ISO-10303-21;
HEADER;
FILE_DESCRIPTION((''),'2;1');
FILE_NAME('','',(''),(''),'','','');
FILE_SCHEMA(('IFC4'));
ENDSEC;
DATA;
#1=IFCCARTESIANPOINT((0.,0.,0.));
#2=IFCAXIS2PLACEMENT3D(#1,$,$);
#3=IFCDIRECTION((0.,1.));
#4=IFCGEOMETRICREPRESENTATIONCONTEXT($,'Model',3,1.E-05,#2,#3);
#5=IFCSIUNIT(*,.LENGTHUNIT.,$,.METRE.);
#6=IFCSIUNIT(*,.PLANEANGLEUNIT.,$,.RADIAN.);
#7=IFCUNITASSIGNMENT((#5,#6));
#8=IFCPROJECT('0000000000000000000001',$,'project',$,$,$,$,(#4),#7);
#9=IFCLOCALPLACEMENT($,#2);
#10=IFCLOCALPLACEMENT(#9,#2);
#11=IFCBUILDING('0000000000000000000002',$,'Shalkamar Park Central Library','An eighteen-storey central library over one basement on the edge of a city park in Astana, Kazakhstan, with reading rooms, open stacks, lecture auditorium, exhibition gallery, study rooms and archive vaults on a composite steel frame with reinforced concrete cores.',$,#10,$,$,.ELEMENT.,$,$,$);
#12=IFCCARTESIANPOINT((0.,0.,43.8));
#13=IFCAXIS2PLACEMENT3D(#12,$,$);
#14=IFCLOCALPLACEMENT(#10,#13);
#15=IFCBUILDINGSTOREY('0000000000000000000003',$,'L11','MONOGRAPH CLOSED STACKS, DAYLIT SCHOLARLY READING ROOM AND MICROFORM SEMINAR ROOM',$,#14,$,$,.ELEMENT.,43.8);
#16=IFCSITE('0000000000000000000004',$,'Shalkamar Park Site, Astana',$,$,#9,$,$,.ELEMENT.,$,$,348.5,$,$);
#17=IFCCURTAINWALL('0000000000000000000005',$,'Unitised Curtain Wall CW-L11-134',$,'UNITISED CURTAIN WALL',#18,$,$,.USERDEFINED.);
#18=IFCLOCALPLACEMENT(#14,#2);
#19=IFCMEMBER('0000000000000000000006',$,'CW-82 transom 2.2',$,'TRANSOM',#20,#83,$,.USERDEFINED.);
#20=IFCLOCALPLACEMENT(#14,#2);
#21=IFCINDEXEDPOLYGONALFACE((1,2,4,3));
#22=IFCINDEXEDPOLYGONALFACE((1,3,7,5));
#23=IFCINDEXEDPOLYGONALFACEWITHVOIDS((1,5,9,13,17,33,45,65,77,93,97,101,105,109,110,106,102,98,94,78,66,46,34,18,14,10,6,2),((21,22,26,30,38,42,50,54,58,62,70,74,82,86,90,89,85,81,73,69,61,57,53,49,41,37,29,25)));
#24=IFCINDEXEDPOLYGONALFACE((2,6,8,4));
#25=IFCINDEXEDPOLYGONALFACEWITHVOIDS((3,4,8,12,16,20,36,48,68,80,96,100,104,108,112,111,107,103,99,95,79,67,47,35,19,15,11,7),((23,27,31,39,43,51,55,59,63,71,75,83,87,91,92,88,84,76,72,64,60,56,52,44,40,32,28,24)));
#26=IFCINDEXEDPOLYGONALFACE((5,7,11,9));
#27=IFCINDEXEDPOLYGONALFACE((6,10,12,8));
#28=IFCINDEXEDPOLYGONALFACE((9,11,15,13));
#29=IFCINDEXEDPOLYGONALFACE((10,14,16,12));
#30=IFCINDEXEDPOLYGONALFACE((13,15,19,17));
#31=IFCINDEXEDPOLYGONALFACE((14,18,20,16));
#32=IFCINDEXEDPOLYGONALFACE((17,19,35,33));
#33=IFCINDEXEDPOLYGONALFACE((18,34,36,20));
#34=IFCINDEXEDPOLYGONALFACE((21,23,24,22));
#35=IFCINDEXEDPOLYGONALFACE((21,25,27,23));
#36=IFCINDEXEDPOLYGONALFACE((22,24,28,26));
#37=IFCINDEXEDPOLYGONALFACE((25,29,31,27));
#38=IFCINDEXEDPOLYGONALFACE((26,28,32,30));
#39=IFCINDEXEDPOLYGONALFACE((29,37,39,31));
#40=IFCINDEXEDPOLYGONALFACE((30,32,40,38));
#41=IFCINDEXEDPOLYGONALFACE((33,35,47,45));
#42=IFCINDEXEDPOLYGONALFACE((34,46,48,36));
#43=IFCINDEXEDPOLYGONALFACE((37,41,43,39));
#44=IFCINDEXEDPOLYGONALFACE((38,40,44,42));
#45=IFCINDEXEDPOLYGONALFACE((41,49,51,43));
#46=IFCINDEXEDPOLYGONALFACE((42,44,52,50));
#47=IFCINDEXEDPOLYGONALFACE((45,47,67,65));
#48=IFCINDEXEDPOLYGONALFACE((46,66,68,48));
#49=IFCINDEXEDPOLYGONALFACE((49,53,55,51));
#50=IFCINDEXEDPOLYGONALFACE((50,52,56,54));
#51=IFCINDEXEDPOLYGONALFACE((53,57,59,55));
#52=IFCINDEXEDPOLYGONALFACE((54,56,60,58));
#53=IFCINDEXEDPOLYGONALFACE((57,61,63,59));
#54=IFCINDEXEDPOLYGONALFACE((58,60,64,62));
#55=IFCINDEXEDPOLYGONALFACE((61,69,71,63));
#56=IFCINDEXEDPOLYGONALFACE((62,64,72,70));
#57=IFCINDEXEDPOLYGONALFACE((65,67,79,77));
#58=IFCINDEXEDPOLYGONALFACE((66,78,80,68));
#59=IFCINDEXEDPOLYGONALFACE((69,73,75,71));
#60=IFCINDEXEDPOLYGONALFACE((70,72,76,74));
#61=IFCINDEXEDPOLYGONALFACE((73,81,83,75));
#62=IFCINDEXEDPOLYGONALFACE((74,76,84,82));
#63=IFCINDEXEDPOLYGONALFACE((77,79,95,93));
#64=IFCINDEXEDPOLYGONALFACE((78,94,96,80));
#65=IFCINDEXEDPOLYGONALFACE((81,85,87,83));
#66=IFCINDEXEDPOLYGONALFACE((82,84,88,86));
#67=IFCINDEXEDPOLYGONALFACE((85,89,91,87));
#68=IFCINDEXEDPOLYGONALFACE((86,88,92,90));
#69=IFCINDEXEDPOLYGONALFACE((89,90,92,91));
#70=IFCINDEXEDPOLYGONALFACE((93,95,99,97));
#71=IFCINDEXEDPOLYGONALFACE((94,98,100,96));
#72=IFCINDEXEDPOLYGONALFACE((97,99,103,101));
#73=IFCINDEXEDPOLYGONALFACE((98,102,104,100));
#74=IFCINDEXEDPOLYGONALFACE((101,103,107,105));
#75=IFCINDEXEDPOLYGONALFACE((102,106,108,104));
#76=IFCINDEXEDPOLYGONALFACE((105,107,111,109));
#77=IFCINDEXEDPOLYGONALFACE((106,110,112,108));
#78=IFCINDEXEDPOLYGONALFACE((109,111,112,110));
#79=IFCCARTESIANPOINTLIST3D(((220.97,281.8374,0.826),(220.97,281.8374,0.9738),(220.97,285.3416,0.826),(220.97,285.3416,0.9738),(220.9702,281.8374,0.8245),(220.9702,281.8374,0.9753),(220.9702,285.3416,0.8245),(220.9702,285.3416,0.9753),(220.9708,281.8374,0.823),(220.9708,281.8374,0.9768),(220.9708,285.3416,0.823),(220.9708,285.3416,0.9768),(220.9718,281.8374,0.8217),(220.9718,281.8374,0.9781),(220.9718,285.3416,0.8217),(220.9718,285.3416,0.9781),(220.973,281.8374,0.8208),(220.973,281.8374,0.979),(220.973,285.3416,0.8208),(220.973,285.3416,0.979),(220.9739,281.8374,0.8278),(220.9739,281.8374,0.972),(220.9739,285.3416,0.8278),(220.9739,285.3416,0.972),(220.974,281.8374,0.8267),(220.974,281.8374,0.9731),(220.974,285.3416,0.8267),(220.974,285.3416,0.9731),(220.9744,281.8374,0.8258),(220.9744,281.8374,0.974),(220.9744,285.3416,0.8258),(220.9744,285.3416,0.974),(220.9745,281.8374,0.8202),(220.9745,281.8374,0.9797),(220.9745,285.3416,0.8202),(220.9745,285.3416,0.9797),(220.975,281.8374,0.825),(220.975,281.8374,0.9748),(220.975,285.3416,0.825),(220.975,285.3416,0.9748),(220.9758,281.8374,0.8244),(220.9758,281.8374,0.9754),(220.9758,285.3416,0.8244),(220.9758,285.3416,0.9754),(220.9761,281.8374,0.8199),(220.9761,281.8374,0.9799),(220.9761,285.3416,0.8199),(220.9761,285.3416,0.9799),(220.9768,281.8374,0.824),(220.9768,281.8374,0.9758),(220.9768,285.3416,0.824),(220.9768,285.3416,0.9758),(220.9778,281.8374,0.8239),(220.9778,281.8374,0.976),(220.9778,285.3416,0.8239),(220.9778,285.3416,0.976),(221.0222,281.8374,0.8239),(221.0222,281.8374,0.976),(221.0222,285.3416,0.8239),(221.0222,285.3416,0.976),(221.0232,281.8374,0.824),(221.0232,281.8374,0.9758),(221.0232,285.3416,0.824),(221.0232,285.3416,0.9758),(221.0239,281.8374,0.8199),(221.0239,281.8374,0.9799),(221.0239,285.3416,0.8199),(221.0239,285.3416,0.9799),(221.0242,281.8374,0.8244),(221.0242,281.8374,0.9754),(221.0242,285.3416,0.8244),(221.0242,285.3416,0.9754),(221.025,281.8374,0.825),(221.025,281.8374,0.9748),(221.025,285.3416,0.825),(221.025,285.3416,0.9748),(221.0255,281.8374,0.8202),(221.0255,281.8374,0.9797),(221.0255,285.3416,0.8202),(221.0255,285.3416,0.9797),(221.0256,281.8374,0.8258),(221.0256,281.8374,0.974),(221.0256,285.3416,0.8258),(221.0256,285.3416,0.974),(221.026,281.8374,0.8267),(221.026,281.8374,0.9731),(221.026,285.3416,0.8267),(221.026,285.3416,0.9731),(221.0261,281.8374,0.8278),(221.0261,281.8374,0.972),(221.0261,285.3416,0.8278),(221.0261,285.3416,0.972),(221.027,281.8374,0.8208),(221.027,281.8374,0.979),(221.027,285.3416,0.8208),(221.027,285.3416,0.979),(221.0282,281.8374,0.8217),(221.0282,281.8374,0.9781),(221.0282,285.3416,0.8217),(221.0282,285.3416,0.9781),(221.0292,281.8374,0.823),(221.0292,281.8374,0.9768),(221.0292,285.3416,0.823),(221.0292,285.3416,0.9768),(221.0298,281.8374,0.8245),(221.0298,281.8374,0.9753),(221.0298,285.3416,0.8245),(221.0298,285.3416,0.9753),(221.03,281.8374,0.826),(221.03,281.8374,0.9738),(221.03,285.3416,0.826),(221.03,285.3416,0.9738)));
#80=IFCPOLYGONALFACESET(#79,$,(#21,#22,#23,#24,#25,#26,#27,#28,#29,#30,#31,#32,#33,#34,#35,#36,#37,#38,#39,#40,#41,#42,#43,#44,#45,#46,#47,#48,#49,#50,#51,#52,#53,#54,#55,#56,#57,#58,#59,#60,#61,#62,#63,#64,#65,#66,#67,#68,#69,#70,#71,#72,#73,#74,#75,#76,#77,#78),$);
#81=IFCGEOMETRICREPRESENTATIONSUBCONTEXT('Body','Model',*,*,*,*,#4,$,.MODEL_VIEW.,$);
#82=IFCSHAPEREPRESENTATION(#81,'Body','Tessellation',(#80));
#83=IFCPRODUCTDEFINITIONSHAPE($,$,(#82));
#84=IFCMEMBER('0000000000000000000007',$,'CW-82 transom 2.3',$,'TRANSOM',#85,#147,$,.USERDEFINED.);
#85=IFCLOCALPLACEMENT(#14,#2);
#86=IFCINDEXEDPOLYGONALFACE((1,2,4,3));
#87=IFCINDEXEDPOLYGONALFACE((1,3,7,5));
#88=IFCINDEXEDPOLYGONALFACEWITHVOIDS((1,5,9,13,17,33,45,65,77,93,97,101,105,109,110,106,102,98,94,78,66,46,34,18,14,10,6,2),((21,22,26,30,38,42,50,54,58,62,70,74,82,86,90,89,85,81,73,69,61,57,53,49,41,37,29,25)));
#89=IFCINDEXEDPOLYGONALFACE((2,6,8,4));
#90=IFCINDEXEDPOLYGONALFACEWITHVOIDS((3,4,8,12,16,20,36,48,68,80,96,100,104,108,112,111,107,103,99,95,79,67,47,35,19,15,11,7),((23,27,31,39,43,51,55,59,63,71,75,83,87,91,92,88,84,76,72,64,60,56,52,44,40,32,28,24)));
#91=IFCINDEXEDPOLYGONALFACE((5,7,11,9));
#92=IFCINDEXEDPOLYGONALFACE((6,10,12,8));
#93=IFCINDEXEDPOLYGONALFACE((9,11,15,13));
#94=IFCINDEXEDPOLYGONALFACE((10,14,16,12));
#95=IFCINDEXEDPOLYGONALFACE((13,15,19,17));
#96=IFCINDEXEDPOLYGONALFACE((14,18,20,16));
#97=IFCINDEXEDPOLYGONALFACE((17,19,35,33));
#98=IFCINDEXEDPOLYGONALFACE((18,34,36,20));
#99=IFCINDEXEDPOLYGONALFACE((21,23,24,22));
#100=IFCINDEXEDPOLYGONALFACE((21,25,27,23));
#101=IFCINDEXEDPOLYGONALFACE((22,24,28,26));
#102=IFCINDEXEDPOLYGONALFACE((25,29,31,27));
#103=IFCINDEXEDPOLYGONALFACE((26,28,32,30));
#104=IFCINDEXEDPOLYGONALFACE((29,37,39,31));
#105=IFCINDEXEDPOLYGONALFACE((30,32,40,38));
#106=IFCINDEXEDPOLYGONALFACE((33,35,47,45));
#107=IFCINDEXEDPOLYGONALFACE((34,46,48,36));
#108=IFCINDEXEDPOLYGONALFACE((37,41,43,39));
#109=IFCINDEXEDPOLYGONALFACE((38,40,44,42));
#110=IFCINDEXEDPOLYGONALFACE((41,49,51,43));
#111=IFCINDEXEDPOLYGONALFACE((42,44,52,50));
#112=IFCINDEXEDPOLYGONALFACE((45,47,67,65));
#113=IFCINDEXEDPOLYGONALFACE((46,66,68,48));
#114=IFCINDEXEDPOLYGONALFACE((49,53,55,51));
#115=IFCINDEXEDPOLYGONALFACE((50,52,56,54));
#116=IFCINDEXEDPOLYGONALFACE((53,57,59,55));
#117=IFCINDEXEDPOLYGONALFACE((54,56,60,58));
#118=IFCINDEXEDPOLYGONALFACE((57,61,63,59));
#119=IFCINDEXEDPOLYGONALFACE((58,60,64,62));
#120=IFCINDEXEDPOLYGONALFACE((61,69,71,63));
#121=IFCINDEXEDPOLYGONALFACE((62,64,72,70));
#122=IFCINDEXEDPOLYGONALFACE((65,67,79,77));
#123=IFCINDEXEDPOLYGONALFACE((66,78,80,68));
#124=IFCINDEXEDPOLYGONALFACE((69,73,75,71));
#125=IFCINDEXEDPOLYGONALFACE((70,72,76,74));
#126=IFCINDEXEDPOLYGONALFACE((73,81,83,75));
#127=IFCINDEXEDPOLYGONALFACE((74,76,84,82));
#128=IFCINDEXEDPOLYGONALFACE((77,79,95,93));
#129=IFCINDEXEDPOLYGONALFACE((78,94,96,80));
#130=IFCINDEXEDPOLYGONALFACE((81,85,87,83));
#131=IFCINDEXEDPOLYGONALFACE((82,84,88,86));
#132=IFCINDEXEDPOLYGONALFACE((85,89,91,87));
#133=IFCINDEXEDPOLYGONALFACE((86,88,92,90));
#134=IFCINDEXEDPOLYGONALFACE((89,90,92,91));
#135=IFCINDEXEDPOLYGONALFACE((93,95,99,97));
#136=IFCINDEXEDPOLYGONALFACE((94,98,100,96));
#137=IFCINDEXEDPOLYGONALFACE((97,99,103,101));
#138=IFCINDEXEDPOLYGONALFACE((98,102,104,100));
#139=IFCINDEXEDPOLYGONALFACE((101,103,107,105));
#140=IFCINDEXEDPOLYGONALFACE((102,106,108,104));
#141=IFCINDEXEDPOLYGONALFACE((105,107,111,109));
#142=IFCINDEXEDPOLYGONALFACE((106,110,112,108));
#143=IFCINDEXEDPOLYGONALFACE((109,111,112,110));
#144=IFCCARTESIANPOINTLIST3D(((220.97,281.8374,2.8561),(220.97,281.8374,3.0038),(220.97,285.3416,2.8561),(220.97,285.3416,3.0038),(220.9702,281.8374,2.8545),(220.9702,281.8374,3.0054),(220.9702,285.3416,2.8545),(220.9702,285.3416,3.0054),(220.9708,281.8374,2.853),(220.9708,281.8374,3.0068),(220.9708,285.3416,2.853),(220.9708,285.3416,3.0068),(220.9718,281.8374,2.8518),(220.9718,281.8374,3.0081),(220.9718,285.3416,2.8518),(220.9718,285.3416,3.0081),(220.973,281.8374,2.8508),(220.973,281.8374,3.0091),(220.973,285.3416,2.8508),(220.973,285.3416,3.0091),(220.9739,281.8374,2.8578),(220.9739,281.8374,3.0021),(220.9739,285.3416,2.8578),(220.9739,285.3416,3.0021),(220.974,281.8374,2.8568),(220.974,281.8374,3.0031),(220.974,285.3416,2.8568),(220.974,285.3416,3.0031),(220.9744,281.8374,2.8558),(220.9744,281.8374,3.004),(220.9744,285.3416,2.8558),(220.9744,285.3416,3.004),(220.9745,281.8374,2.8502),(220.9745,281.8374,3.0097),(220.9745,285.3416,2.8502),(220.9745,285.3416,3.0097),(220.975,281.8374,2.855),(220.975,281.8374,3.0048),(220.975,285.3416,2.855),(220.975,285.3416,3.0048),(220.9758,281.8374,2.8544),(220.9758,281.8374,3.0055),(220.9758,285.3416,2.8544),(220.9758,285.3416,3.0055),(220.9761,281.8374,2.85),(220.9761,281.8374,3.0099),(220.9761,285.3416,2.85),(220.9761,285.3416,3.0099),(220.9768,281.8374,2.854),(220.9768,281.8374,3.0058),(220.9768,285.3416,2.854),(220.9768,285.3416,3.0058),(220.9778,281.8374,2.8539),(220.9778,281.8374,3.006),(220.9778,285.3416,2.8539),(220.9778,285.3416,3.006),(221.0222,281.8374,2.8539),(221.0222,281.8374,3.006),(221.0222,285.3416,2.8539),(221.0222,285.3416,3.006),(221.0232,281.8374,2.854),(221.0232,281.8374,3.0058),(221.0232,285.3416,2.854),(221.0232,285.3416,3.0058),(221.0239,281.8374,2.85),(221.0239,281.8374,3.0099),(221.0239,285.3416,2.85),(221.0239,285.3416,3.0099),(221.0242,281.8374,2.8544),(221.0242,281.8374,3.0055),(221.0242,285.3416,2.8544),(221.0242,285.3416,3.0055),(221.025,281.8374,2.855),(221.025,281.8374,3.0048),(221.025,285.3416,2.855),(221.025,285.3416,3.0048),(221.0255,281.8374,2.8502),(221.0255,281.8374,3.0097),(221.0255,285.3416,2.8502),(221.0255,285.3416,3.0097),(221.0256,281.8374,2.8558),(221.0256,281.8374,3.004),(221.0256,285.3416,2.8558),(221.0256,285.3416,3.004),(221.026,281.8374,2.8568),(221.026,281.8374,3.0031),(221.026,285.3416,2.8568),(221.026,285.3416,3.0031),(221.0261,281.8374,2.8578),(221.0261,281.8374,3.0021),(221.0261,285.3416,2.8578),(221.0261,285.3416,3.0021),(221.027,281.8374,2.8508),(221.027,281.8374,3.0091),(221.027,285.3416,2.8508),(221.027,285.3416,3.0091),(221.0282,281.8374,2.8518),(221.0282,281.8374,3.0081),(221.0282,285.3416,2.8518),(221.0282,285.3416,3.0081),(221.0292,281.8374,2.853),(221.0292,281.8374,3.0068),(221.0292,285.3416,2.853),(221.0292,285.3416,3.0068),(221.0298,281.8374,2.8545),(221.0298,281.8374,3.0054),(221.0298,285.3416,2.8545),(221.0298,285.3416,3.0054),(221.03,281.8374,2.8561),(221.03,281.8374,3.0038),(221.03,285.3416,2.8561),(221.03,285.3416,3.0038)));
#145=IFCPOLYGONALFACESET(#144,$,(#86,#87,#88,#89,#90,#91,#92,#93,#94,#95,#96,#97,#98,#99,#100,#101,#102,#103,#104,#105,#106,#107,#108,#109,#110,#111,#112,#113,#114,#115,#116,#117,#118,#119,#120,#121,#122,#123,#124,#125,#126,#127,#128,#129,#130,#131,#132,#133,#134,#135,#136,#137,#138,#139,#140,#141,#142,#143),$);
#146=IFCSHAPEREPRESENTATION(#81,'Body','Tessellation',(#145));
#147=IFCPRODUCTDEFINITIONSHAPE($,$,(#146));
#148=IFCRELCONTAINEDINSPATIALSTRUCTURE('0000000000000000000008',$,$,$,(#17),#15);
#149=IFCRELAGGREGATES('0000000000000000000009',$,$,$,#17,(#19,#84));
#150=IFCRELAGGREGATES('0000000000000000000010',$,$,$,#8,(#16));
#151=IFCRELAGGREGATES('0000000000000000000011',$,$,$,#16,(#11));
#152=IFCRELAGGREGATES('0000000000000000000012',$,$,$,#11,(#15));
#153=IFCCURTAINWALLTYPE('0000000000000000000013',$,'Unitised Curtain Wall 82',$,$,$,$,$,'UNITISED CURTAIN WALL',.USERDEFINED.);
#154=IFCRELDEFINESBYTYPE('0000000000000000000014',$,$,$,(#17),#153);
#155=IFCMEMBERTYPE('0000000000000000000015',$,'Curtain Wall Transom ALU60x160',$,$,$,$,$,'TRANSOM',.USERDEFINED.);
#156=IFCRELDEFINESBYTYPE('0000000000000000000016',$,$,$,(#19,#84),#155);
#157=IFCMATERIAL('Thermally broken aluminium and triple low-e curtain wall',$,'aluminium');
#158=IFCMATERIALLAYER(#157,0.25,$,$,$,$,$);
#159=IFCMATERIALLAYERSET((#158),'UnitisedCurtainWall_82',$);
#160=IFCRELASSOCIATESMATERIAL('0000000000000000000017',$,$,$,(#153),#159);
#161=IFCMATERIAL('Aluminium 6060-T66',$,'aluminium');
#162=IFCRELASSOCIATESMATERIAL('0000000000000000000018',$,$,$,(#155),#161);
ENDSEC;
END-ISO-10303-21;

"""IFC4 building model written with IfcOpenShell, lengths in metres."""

from ifc_helpers import new_model, si_unit, direction, frame, origin, origin_2d, place, context, subcontext, project, spatial, hollow_rectangle, extrude, material, layer, layer_set, material_profile, profile_set, type_object, element, aggregate, save


model = new_model("IFC4")

# Units and contexts
model_context = context("Model", 3, precision=1e-05, world=origin(), true_north=direction((0.0, 1.0)))
body_context = subcontext(model_context, "Body", "Model", "MODEL_VIEW")
ifc_project = project(units=[si_unit("LENGTHUNIT", "METRE"), si_unit("PLANEANGLEUNIT", "RADIAN")], contexts=[model_context])

# Site, building, storey
site_placement = place(None, origin())
site = spatial("IfcSite", under=ifc_project, at=site_placement, Name="Shalkamar Park Site, Astana", CompositionType="ELEMENT", RefElevation=348.5)
building_placement = place(site_placement, origin())
building = spatial("IfcBuilding", under=site, at=building_placement, Name="Shalkamar Park Central Library", Description="An eighteen-storey central library over one basement on the edge of a city park in Astana, Kazakhstan, with reading rooms, open stacks, lecture auditorium, exhibition gallery, study rooms and archive vaults on a composite steel frame with reinforced concrete cores.", CompositionType="ELEMENT")
storey_placement = place(building_placement, frame((0.0, 0.0, 43.8)))
storey = spatial("IfcBuildingStorey", under=building, at=storey_placement, Name="L11", Description="MONOGRAPH CLOSED STACKS, DAYLIT SCHOLARLY READING ROOM AND MICROFORM SEMINAR ROOM", CompositionType="ELEMENT", Elevation=43.8)

# Curtain wall, members
ifc_material_1 = material(Name="Thermally broken aluminium and triple low-e curtain wall", Category="aluminium")
ifc_layer_1 = layer(ifc_material_1, 0.25)
ifc_layer_set_1 = layer_set([ifc_layer_1], Name="UnitisedCurtainWall_82")
curtain_wall_type_1 = type_object("IfcCurtainWallType", Name="Unitised Curtain Wall 82", ElementType="UNITISED CURTAIN WALL", PredefinedType="USERDEFINED", material=ifc_layer_set_1)
curtain_wall_1_placement = place(storey_placement, origin())
curtain_wall_1 = element("IfcCurtainWall", 1, at=curtain_wall_1_placement, inside=storey, type_object=curtain_wall_type_1, Name="Unitised Curtain Wall CW-L11-134", ObjectType="UNITISED CURTAIN WALL", PredefinedType="USERDEFINED")
ifc_material_2 = material(Name="Aluminium 6060-T66", Category="aluminium")
ifc_material_profile_1 = material_profile(ifc_material_2, hollow_rectangle(XDim=0.0601, YDim=0.1599, WallThickness=0.0039, InnerFilletRadius=0.0039, OuterFilletRadius=0.0061, at=origin_2d()), Name="ALU 60x160x4")
ifc_profile_set_1 = profile_set([ifc_material_profile_1], Name="Aluminium 6060-T66")
member_type_1 = type_object("IfcMemberType", Name="Curtain Wall Transom ALU60x160", ElementType="TRANSOM", PredefinedType="USERDEFINED", material=ifc_profile_set_1)
member_1_placement = place(storey_placement, frame((221.0, 281.8374, 0.8999), z_axis=(0.0, 1.0, 0.0), x_axis=(-1.0, 0.0, 0.0)))
member_1 = element("IfcMember", 2, at=member_1_placement, type_object=member_type_1, Name="CW-82 transom 2.2", ObjectType="TRANSOM", PredefinedType="USERDEFINED", context=body_context, shape_type="SweptSolid", body=[
    extrude(hollow_rectangle(XDim=0.0601, YDim=0.1599, WallThickness=0.0039, InnerFilletRadius=0.0039, OuterFilletRadius=0.0061, at=origin_2d()), origin(), (0.0, 0.0, 1.0), 3.5042),
])
member_2_placement = place(storey_placement, frame((221.0, 281.8374, 2.9299), z_axis=(0.0, 1.0, 0.0), x_axis=(-1.0, 0.0, 0.0)))
member_2 = element("IfcMember", 3, at=member_2_placement, type_object=member_type_1, Name="CW-82 transom 2.3", ObjectType="TRANSOM", PredefinedType="USERDEFINED", context=body_context, shape_type="SweptSolid", body=[
    extrude(hollow_rectangle(XDim=0.0601, YDim=0.1599, WallThickness=0.0039, InnerFilletRadius=0.0039, OuterFilletRadius=0.0061, at=origin_2d()), origin(), (0.0, 0.0, 1.0), 3.5042),
])

aggregate(curtain_wall_1, [member_1, member_2])

save(model, "model.ifc")
